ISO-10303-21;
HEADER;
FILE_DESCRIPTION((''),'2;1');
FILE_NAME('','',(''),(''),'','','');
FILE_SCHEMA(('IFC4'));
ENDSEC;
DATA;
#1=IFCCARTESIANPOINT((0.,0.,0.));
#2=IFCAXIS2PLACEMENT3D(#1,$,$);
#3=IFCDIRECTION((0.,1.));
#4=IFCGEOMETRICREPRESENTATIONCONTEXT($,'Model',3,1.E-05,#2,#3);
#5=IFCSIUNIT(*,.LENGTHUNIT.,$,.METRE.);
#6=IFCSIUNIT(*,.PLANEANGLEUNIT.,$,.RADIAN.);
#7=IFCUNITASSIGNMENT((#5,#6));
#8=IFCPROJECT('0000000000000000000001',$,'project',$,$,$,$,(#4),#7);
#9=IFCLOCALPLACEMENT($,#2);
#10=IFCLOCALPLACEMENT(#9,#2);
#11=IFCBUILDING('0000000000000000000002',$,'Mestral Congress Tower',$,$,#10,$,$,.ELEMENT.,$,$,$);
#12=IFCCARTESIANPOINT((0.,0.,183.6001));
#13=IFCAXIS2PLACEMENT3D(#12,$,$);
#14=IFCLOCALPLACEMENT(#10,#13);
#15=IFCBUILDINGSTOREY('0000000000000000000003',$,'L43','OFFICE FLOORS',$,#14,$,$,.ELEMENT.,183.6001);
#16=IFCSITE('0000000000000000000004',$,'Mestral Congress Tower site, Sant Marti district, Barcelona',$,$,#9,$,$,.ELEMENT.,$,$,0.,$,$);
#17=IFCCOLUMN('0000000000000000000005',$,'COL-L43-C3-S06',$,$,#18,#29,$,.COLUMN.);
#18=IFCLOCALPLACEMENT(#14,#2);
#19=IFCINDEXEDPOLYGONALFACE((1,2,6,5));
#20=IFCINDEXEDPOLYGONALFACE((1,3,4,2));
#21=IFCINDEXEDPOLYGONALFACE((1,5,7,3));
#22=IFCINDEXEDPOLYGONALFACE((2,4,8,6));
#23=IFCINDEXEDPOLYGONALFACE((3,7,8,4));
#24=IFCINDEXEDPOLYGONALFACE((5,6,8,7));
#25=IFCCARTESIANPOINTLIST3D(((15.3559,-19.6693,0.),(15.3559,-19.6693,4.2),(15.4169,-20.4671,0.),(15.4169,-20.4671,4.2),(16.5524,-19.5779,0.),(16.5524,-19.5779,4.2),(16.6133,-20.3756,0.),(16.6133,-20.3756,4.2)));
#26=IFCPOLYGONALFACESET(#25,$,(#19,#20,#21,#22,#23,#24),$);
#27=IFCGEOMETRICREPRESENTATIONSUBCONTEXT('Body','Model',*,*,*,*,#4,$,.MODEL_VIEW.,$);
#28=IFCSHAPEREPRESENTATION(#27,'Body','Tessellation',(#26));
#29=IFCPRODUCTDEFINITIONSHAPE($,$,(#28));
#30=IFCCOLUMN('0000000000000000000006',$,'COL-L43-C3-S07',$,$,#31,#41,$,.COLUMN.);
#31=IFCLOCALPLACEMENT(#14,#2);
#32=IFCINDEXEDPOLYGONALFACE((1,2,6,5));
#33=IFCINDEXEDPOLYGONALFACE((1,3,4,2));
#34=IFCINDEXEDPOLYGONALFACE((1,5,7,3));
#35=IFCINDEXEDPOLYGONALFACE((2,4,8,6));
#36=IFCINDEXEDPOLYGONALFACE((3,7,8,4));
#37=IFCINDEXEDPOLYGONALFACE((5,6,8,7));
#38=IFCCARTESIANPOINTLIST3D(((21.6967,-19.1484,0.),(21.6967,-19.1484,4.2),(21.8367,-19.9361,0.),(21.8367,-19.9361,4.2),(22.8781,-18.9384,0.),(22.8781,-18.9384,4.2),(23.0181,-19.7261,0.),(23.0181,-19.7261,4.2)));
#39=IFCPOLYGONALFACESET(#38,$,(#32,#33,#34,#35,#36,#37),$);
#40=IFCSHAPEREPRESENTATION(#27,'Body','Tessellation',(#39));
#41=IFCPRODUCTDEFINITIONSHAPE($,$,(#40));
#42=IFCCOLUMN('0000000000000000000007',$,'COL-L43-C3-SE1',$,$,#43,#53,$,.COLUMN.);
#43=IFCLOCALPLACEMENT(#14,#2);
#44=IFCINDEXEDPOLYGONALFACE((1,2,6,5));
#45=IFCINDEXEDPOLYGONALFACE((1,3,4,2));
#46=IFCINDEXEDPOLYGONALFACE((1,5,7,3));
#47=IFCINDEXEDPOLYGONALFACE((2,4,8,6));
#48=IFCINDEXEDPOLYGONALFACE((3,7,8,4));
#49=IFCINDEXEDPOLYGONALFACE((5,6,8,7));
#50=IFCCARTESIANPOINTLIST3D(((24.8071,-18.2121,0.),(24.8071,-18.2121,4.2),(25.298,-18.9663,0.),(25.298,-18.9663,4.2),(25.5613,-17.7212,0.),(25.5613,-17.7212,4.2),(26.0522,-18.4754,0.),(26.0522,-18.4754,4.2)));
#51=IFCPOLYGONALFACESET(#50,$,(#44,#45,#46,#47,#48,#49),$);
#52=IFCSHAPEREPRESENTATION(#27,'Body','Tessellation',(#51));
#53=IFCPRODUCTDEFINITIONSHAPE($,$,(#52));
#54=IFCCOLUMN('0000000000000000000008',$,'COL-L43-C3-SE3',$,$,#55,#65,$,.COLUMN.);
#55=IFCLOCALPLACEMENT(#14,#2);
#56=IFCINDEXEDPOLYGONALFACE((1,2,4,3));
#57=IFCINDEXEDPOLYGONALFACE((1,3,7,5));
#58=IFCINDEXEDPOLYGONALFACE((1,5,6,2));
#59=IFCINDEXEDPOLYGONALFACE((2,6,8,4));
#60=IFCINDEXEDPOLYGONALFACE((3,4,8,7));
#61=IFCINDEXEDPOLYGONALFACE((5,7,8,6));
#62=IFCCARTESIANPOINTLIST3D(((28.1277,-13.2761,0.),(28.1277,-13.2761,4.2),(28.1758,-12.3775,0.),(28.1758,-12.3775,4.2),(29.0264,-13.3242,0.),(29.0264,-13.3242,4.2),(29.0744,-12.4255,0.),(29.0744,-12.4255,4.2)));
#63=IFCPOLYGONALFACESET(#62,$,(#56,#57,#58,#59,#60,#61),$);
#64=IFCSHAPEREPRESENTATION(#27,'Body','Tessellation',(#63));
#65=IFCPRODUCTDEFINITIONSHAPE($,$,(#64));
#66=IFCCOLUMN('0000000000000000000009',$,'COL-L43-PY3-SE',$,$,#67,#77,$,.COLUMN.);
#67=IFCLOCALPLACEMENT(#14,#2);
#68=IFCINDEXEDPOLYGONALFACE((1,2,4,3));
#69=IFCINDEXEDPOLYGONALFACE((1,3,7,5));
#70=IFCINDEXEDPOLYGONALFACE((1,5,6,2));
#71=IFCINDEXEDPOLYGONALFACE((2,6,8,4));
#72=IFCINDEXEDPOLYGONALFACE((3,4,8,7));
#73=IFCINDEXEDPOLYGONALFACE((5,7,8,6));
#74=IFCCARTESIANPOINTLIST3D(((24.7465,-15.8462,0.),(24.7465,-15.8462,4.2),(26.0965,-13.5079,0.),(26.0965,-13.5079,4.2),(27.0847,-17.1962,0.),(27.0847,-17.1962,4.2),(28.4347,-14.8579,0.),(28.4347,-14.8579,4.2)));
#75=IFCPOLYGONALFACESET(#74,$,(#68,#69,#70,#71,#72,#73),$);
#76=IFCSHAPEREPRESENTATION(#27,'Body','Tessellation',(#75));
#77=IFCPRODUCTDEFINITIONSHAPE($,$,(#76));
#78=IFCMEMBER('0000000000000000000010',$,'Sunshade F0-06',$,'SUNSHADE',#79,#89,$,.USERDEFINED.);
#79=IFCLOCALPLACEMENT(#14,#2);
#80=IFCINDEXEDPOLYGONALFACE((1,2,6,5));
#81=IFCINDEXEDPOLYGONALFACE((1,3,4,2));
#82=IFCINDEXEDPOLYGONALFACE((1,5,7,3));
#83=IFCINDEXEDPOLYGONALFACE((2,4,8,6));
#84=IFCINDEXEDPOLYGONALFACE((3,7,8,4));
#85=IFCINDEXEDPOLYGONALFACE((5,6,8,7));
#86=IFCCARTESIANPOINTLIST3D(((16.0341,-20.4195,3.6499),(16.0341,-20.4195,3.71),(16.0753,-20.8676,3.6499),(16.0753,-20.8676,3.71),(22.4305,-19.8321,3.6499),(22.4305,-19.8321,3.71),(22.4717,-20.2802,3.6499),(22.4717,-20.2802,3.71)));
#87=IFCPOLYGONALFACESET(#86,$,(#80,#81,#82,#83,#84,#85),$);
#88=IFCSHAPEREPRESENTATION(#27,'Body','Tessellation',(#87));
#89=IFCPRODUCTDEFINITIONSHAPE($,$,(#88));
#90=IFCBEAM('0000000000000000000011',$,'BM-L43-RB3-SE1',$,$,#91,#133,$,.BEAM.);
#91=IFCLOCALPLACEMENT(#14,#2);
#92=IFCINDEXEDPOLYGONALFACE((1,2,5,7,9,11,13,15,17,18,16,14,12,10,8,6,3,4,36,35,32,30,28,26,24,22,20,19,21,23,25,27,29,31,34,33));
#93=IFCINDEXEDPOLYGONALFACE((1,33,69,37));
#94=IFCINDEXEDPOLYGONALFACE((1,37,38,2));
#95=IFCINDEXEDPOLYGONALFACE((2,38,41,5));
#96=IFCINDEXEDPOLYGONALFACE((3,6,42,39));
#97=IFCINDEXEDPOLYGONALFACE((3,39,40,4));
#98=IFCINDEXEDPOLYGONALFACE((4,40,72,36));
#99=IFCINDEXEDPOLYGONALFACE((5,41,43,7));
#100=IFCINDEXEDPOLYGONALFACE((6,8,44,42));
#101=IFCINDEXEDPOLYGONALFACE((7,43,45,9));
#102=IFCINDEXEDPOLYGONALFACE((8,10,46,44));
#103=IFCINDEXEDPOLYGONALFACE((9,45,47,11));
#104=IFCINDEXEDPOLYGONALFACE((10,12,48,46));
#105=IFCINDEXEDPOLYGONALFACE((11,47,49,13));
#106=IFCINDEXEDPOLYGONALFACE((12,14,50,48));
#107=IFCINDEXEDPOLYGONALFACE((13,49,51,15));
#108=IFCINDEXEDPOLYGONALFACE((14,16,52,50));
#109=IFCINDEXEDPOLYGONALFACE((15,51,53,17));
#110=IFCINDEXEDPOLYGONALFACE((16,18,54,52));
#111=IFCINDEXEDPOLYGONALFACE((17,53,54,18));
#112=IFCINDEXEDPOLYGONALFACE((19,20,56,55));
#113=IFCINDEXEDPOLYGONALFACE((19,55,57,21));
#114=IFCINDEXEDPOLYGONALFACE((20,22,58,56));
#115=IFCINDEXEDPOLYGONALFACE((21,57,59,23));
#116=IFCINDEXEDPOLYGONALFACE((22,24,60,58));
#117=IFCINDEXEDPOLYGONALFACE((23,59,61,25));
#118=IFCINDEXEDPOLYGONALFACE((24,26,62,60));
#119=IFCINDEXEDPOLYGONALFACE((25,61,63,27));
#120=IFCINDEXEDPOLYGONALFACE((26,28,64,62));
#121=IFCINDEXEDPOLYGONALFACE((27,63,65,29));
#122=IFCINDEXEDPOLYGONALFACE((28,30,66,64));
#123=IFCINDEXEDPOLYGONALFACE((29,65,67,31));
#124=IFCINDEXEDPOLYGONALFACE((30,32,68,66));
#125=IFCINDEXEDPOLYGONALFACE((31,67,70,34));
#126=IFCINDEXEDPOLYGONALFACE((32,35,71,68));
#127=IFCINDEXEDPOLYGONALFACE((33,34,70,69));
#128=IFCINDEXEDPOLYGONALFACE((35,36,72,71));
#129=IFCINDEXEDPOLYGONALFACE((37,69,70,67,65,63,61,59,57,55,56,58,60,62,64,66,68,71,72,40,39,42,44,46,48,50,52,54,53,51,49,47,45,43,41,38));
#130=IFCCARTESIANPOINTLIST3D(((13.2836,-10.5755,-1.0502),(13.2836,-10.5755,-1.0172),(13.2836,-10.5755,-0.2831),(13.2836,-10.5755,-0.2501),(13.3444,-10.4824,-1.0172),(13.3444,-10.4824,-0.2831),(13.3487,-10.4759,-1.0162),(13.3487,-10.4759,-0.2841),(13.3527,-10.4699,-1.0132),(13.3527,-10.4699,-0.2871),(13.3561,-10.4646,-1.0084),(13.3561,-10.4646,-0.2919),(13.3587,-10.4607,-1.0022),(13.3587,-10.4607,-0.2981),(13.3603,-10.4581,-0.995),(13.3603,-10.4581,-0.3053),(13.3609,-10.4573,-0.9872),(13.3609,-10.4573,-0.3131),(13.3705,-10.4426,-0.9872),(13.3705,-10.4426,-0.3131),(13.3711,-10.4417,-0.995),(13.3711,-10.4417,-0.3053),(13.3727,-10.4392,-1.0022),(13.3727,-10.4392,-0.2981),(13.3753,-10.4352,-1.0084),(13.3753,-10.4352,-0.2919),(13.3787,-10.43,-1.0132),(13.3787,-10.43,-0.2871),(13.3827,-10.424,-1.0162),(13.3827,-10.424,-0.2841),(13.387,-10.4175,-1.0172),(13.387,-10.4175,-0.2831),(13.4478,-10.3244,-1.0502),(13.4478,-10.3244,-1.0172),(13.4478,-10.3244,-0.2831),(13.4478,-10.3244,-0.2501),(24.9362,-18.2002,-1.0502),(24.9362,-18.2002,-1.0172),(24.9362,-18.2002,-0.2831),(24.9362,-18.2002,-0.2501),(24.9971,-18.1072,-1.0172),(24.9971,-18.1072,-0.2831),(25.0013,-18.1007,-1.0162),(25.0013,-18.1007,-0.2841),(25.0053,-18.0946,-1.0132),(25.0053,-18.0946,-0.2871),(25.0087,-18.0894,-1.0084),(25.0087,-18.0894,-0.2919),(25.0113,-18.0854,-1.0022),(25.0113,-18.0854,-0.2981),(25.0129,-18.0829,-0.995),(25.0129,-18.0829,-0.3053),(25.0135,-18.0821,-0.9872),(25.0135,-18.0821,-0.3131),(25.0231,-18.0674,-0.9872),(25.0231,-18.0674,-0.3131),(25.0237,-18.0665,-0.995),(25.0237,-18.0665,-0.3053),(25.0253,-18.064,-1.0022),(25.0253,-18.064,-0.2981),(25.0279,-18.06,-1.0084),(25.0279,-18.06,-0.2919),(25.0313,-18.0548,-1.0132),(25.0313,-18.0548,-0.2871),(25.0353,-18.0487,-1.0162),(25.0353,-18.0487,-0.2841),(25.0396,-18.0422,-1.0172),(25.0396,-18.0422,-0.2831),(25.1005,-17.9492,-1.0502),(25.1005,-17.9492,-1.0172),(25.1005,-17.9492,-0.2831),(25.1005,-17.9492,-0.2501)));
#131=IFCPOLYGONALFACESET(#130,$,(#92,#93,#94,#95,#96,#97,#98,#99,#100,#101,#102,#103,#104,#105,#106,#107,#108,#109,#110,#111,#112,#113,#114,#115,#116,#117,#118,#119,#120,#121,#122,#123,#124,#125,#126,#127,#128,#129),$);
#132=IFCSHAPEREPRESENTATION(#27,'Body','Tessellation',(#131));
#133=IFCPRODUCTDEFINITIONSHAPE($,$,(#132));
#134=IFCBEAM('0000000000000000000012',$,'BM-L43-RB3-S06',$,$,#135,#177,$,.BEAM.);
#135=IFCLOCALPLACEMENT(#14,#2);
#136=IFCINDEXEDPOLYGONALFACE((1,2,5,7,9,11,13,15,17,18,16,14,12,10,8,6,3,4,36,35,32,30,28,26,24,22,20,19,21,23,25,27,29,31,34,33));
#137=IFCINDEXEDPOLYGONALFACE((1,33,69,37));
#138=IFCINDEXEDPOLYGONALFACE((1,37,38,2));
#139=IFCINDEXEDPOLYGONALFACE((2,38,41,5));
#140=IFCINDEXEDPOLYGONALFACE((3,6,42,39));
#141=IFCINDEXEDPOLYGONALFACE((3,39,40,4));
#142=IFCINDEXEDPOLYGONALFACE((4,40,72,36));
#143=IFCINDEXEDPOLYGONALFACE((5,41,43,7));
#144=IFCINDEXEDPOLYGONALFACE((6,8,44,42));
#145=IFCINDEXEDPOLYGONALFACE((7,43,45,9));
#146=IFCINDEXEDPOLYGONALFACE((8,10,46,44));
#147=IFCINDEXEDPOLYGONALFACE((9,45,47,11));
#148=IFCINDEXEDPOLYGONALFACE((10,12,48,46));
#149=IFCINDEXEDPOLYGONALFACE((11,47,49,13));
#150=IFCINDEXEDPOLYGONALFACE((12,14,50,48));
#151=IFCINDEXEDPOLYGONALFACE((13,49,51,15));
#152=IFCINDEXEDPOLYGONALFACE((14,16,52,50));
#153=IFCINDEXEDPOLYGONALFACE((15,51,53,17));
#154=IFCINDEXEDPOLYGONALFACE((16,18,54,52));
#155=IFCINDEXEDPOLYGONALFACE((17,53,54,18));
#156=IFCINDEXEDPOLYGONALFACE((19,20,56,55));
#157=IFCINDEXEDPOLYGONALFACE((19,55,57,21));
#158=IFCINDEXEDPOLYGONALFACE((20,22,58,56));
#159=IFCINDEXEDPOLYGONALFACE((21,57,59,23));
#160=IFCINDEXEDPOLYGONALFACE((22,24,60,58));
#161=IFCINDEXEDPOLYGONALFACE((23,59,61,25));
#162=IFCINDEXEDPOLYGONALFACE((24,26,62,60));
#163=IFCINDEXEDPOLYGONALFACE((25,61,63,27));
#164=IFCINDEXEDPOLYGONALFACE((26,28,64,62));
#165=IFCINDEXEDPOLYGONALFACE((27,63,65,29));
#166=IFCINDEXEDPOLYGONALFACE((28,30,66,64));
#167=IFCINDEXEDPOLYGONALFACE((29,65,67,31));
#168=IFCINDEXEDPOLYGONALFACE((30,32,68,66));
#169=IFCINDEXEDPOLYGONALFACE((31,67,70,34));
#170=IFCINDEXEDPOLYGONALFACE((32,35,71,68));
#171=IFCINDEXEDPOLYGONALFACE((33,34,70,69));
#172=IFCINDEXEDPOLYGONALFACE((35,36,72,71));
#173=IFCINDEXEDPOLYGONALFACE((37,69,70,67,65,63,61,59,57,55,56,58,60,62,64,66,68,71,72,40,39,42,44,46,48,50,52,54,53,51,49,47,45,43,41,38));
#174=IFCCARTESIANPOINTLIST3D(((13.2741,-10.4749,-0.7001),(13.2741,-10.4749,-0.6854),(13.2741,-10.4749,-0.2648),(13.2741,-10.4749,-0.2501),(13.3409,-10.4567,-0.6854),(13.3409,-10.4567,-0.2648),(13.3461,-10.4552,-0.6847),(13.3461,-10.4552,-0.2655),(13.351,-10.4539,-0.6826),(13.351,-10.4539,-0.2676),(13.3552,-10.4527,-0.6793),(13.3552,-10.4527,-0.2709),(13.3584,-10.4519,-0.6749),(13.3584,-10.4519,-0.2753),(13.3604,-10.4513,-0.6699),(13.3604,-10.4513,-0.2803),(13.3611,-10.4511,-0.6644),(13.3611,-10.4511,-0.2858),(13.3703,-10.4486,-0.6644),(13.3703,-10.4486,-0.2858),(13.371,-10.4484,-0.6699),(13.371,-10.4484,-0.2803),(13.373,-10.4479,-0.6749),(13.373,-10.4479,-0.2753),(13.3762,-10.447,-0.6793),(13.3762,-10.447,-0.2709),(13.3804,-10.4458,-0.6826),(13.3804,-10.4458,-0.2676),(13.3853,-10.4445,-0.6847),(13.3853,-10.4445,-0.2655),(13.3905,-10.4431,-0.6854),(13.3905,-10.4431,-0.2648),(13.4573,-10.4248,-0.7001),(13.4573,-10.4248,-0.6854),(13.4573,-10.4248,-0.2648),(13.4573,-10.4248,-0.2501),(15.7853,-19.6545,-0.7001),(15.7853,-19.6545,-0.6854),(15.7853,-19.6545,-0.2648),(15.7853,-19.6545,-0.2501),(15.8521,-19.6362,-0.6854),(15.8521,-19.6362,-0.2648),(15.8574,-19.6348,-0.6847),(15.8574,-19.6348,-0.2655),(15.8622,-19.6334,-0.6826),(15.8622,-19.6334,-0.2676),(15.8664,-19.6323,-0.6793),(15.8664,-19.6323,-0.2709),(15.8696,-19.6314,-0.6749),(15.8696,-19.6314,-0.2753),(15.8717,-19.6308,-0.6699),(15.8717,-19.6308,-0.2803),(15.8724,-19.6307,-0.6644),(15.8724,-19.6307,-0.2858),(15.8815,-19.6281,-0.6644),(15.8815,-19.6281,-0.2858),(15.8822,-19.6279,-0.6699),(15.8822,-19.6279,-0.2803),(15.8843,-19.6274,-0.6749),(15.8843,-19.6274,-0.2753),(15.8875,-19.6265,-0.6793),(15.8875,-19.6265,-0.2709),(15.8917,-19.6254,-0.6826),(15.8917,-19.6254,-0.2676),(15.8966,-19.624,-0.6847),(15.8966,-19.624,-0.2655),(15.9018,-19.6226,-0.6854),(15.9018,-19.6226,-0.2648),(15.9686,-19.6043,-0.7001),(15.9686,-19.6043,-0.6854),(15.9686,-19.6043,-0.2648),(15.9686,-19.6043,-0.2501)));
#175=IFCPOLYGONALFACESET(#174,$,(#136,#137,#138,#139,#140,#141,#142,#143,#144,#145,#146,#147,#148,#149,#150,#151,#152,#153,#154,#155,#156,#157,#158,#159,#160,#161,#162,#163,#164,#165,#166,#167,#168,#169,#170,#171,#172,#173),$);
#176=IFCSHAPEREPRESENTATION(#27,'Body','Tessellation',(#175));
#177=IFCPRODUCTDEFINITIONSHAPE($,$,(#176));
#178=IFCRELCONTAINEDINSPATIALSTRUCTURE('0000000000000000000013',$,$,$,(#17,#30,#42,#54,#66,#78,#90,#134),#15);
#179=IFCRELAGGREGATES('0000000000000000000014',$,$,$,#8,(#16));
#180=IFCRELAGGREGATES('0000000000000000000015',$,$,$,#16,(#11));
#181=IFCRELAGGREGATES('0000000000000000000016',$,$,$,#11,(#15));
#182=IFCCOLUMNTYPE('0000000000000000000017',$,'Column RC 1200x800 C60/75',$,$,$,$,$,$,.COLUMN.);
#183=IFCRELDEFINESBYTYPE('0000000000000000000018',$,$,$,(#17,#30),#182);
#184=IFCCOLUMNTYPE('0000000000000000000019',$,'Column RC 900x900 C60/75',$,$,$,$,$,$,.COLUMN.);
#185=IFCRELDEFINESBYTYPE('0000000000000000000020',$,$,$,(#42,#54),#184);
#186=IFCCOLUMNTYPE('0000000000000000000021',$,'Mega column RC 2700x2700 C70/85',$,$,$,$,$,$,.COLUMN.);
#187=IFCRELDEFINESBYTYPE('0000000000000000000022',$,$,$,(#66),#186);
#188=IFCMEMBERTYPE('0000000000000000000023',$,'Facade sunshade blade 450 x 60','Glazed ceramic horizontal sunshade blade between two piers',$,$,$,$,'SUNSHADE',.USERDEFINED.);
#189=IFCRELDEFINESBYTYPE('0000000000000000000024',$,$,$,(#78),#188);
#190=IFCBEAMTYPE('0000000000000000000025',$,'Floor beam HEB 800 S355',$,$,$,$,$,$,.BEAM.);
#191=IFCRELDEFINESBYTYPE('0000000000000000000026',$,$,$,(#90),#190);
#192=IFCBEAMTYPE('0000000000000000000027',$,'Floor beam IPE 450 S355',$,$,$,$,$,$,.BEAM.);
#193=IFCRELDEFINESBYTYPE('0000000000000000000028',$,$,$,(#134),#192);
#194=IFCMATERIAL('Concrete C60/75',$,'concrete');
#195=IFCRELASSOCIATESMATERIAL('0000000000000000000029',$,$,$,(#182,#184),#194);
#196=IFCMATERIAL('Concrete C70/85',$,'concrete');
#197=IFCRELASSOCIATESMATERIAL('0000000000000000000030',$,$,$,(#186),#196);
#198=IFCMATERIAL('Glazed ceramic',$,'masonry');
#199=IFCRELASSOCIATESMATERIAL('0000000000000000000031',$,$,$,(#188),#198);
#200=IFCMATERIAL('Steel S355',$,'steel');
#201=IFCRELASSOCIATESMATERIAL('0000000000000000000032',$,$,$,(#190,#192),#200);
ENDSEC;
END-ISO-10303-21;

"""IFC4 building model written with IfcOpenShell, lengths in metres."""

from ifc_helpers import new_model, si_unit, direction, frame, origin, origin_2d, place, context, subcontext, project, spatial, rectangle, i_section, extrude, material, material_profile, profile_set, type_object, element, save


model = new_model("IFC4")

# Units and contexts
model_context = context("Model", 3, precision=1e-05, world=origin(), true_north=direction((0.0, 1.0)))
body_context = subcontext(model_context, "Body", "Model", "MODEL_VIEW")
ifc_project = project(units=[si_unit("LENGTHUNIT", "METRE"), si_unit("PLANEANGLEUNIT", "RADIAN")], contexts=[model_context])

# Site, building, storey
site_placement = place(None, origin())
site = spatial("IfcSite", under=ifc_project, at=site_placement, Name="Mestral Congress Tower site, Sant Marti district, Barcelona", CompositionType="ELEMENT", RefElevation=0.0)
building_placement = place(site_placement, origin())
building = spatial("IfcBuilding", under=site, at=building_placement, Name="Mestral Congress Tower", CompositionType="ELEMENT")
storey_placement = place(building_placement, frame((0.0, 0.0, 183.6001)))
storey = spatial("IfcBuildingStorey", under=building, at=storey_placement, Name="L43", Description="OFFICE FLOORS", CompositionType="ELEMENT", Elevation=183.6001)

# Columns
ifc_material_1 = material(Name="Concrete C60/75", Category="concrete")
ifc_material_profile_1 = material_profile(ifc_material_1, rectangle(XDim=1.2, YDim=0.8, at=origin_2d()), Name="RC 1200x800")
ifc_profile_set_1 = profile_set([ifc_material_profile_1], Name="Concrete C60/75")
column_type_1 = type_object("IfcColumnType", Name="Column RC 1200x800 C60/75", PredefinedType="COLUMN", material=ifc_profile_set_1)
for number, where, z_axis, x_axis, name in (
    (1, (15.9846, -20.0225, 0.0), (0.0, 0.0, 1.0), (0.99709, 0.076237, 0.0), "COL-L43-C3-S06"),
    (2, (22.3574, -19.4373, 0.0), (0.0, 0.0, 1.0), (0.984571, 0.174985, 0.0), "COL-L43-C3-S07"),
):
    element("IfcColumn", number, at=place(storey_placement, frame(where, z_axis=z_axis, x_axis=x_axis)), inside=storey, type_object=column_type_1, Name=name, PredefinedType="COLUMN", context=body_context, shape_type="SweptSolid", body=[
        extrude(rectangle(XDim=1.2, YDim=0.8, at=origin_2d()), origin(), (0.0, 0.0, 1.0), 4.2),
    ])
ifc_material_profile_2 = material_profile(ifc_material_1, rectangle(XDim=0.8999, YDim=0.8999, at=origin_2d()), Name="RC 900x900")
ifc_profile_set_2 = profile_set([ifc_material_profile_2], Name="Concrete C60/75")
column_type_2 = type_object("IfcColumnType", Name="Column RC 900x900 C60/75", PredefinedType="COLUMN", material=ifc_profile_set_2)
for number, where, z_axis, x_axis, name in (
    (3, (25.4297, -18.3438, 0.0), (0.0, 0.0, 1.0), (0.838094, 0.545526, 0.0), "COL-L43-C3-SE1"),
    (4, (28.6011, -12.8508, 0.0), (0.0, 0.0, 1.0), (0.053392, 0.998574, 0.0), "COL-L43-C3-SE3"),
):
    element("IfcColumn", number, at=place(storey_placement, frame(where, z_axis=z_axis, x_axis=x_axis)), inside=storey, type_object=column_type_2, Name=name, PredefinedType="COLUMN", context=body_context, shape_type="SweptSolid", body=[
        extrude(rectangle(XDim=0.8999, YDim=0.8999, at=origin_2d()), origin(), (0.0, 0.0, 1.0), 4.2),
    ])
ifc_material_2 = material(Name="Concrete C70/85", Category="concrete")
ifc_material_profile_3 = material_profile(ifc_material_2, rectangle(XDim=2.7, YDim=2.7, at=origin_2d()), Name="RC 2700x2700")
ifc_profile_set_3 = profile_set([ifc_material_profile_3], Name="Concrete C70/85")
column_type_3 = type_object("IfcColumnType", Name="Mega column RC 2700x2700 C70/85", PredefinedType="COLUMN", material=ifc_profile_set_3)
column_placement = place(storey_placement, frame((26.5906, -15.3521, 0.0), z_axis=(0.0, 0.0, 1.0), x_axis=(0.866025, -0.5, 0.0)))
element("IfcColumn", 5, at=column_placement, inside=storey, type_object=column_type_3, Name="COL-L43-PY3-SE", PredefinedType="COLUMN", context=body_context, shape_type="SweptSolid", body=[
    extrude(rectangle(XDim=2.7, YDim=2.7, at=origin_2d()), origin(), (0.0, 0.0, 1.0), 4.2),
])

# Member
ifc_material_3 = material(Name="Glazed ceramic", Category="masonry")
ifc_material_profile_4 = material_profile(ifc_material_3, rectangle(XDim=0.45, YDim=0.0601, at=origin_2d()), Name="Ceramic blade 450 x 60")
ifc_profile_set_4 = profile_set([ifc_material_profile_4], Name="Glazed ceramic")
member_type = type_object("IfcMemberType", Name="Facade sunshade blade 450 x 60", Description="Glazed ceramic horizontal sunshade blade between two piers", ElementType="SUNSHADE", PredefinedType="USERDEFINED", material=ifc_profile_set_4)
member_placement = place(storey_placement, frame((16.0547, -20.6436, 3.6799), z_axis=(0.99581, 0.091447, 0.0), x_axis=(-0.091447, 0.99581, 0.0)))
element("IfcMember", 6, at=member_placement, inside=storey, type_object=member_type, Name="Sunshade F0-06", ObjectType="SUNSHADE", PredefinedType="USERDEFINED", context=body_context, shape_type="SweptSolid", body=[
    extrude(rectangle(XDim=0.45, YDim=0.0601, at=origin_2d()), origin(), (0.0, 0.0, 1.0), 6.4233),
])

# Beams
ifc_material_4 = material(Name="Steel S355", Category="steel")
ifc_material_profile_5 = material_profile(ifc_material_4, i_section(OverallWidth=0.3, OverallDepth=0.8, WebThickness=0.0176, FlangeThickness=0.033, FilletRadius=0.03, at=origin_2d()), Name="HEB 800")
ifc_profile_set_5 = profile_set([ifc_material_profile_5], Name="Steel S355")
beam_type_1 = type_object("IfcBeamType", Name="Floor beam HEB 800 S355", PredefinedType="BEAM", material=ifc_profile_set_5)
beam_1_placement = place(storey_placement, frame((25.0183, -18.0747, -0.6501), z_axis=(-0.83678, 0.547539, 0.0), x_axis=(-0.547539, -0.83678, 0.0)))
element("IfcBeam", 7, at=beam_1_placement, inside=storey, type_object=beam_type_1, Name="BM-L43-RB3-SE1", PredefinedType="BEAM", context=body_context, shape_type="SweptSolid", body=[
    extrude(i_section(OverallWidth=0.3, OverallDepth=0.8, WebThickness=0.0176, FlangeThickness=0.033, FilletRadius=0.03, at=origin_2d()), origin(), (0.0, 0.0, 1.0), 13.9255),
])
ifc_material_profile_6 = material_profile(ifc_material_4, i_section(OverallWidth=0.1899, OverallDepth=0.45, WebThickness=0.0095, FlangeThickness=0.0146, FilletRadius=0.021, at=origin_2d()), Name="IPE 450")
ifc_profile_set_6 = profile_set([ifc_material_profile_6], Name="Steel S355")
beam_type_2 = type_object("IfcBeamType", Name="Floor beam IPE 450 S355", PredefinedType="BEAM", material=ifc_profile_set_6)
beam_2_placement = place(storey_placement, frame((15.877, -19.6294, -0.4751), z_axis=(-0.263875, 0.964557, 0.0), x_axis=(-0.964557, -0.263875, 0.0)))
element("IfcBeam", 8, at=beam_2_placement, inside=storey, type_object=beam_type_2, Name="BM-L43-RB3-S06", PredefinedType="BEAM", context=body_context, shape_type="SweptSolid", body=[
    extrude(i_section(OverallWidth=0.1899, OverallDepth=0.45, WebThickness=0.0095, FlangeThickness=0.0146, FilletRadius=0.021, at=origin_2d()), origin(), (0.0, 0.0, 1.0), 9.5168),
])

save(model, "model.ifc")
